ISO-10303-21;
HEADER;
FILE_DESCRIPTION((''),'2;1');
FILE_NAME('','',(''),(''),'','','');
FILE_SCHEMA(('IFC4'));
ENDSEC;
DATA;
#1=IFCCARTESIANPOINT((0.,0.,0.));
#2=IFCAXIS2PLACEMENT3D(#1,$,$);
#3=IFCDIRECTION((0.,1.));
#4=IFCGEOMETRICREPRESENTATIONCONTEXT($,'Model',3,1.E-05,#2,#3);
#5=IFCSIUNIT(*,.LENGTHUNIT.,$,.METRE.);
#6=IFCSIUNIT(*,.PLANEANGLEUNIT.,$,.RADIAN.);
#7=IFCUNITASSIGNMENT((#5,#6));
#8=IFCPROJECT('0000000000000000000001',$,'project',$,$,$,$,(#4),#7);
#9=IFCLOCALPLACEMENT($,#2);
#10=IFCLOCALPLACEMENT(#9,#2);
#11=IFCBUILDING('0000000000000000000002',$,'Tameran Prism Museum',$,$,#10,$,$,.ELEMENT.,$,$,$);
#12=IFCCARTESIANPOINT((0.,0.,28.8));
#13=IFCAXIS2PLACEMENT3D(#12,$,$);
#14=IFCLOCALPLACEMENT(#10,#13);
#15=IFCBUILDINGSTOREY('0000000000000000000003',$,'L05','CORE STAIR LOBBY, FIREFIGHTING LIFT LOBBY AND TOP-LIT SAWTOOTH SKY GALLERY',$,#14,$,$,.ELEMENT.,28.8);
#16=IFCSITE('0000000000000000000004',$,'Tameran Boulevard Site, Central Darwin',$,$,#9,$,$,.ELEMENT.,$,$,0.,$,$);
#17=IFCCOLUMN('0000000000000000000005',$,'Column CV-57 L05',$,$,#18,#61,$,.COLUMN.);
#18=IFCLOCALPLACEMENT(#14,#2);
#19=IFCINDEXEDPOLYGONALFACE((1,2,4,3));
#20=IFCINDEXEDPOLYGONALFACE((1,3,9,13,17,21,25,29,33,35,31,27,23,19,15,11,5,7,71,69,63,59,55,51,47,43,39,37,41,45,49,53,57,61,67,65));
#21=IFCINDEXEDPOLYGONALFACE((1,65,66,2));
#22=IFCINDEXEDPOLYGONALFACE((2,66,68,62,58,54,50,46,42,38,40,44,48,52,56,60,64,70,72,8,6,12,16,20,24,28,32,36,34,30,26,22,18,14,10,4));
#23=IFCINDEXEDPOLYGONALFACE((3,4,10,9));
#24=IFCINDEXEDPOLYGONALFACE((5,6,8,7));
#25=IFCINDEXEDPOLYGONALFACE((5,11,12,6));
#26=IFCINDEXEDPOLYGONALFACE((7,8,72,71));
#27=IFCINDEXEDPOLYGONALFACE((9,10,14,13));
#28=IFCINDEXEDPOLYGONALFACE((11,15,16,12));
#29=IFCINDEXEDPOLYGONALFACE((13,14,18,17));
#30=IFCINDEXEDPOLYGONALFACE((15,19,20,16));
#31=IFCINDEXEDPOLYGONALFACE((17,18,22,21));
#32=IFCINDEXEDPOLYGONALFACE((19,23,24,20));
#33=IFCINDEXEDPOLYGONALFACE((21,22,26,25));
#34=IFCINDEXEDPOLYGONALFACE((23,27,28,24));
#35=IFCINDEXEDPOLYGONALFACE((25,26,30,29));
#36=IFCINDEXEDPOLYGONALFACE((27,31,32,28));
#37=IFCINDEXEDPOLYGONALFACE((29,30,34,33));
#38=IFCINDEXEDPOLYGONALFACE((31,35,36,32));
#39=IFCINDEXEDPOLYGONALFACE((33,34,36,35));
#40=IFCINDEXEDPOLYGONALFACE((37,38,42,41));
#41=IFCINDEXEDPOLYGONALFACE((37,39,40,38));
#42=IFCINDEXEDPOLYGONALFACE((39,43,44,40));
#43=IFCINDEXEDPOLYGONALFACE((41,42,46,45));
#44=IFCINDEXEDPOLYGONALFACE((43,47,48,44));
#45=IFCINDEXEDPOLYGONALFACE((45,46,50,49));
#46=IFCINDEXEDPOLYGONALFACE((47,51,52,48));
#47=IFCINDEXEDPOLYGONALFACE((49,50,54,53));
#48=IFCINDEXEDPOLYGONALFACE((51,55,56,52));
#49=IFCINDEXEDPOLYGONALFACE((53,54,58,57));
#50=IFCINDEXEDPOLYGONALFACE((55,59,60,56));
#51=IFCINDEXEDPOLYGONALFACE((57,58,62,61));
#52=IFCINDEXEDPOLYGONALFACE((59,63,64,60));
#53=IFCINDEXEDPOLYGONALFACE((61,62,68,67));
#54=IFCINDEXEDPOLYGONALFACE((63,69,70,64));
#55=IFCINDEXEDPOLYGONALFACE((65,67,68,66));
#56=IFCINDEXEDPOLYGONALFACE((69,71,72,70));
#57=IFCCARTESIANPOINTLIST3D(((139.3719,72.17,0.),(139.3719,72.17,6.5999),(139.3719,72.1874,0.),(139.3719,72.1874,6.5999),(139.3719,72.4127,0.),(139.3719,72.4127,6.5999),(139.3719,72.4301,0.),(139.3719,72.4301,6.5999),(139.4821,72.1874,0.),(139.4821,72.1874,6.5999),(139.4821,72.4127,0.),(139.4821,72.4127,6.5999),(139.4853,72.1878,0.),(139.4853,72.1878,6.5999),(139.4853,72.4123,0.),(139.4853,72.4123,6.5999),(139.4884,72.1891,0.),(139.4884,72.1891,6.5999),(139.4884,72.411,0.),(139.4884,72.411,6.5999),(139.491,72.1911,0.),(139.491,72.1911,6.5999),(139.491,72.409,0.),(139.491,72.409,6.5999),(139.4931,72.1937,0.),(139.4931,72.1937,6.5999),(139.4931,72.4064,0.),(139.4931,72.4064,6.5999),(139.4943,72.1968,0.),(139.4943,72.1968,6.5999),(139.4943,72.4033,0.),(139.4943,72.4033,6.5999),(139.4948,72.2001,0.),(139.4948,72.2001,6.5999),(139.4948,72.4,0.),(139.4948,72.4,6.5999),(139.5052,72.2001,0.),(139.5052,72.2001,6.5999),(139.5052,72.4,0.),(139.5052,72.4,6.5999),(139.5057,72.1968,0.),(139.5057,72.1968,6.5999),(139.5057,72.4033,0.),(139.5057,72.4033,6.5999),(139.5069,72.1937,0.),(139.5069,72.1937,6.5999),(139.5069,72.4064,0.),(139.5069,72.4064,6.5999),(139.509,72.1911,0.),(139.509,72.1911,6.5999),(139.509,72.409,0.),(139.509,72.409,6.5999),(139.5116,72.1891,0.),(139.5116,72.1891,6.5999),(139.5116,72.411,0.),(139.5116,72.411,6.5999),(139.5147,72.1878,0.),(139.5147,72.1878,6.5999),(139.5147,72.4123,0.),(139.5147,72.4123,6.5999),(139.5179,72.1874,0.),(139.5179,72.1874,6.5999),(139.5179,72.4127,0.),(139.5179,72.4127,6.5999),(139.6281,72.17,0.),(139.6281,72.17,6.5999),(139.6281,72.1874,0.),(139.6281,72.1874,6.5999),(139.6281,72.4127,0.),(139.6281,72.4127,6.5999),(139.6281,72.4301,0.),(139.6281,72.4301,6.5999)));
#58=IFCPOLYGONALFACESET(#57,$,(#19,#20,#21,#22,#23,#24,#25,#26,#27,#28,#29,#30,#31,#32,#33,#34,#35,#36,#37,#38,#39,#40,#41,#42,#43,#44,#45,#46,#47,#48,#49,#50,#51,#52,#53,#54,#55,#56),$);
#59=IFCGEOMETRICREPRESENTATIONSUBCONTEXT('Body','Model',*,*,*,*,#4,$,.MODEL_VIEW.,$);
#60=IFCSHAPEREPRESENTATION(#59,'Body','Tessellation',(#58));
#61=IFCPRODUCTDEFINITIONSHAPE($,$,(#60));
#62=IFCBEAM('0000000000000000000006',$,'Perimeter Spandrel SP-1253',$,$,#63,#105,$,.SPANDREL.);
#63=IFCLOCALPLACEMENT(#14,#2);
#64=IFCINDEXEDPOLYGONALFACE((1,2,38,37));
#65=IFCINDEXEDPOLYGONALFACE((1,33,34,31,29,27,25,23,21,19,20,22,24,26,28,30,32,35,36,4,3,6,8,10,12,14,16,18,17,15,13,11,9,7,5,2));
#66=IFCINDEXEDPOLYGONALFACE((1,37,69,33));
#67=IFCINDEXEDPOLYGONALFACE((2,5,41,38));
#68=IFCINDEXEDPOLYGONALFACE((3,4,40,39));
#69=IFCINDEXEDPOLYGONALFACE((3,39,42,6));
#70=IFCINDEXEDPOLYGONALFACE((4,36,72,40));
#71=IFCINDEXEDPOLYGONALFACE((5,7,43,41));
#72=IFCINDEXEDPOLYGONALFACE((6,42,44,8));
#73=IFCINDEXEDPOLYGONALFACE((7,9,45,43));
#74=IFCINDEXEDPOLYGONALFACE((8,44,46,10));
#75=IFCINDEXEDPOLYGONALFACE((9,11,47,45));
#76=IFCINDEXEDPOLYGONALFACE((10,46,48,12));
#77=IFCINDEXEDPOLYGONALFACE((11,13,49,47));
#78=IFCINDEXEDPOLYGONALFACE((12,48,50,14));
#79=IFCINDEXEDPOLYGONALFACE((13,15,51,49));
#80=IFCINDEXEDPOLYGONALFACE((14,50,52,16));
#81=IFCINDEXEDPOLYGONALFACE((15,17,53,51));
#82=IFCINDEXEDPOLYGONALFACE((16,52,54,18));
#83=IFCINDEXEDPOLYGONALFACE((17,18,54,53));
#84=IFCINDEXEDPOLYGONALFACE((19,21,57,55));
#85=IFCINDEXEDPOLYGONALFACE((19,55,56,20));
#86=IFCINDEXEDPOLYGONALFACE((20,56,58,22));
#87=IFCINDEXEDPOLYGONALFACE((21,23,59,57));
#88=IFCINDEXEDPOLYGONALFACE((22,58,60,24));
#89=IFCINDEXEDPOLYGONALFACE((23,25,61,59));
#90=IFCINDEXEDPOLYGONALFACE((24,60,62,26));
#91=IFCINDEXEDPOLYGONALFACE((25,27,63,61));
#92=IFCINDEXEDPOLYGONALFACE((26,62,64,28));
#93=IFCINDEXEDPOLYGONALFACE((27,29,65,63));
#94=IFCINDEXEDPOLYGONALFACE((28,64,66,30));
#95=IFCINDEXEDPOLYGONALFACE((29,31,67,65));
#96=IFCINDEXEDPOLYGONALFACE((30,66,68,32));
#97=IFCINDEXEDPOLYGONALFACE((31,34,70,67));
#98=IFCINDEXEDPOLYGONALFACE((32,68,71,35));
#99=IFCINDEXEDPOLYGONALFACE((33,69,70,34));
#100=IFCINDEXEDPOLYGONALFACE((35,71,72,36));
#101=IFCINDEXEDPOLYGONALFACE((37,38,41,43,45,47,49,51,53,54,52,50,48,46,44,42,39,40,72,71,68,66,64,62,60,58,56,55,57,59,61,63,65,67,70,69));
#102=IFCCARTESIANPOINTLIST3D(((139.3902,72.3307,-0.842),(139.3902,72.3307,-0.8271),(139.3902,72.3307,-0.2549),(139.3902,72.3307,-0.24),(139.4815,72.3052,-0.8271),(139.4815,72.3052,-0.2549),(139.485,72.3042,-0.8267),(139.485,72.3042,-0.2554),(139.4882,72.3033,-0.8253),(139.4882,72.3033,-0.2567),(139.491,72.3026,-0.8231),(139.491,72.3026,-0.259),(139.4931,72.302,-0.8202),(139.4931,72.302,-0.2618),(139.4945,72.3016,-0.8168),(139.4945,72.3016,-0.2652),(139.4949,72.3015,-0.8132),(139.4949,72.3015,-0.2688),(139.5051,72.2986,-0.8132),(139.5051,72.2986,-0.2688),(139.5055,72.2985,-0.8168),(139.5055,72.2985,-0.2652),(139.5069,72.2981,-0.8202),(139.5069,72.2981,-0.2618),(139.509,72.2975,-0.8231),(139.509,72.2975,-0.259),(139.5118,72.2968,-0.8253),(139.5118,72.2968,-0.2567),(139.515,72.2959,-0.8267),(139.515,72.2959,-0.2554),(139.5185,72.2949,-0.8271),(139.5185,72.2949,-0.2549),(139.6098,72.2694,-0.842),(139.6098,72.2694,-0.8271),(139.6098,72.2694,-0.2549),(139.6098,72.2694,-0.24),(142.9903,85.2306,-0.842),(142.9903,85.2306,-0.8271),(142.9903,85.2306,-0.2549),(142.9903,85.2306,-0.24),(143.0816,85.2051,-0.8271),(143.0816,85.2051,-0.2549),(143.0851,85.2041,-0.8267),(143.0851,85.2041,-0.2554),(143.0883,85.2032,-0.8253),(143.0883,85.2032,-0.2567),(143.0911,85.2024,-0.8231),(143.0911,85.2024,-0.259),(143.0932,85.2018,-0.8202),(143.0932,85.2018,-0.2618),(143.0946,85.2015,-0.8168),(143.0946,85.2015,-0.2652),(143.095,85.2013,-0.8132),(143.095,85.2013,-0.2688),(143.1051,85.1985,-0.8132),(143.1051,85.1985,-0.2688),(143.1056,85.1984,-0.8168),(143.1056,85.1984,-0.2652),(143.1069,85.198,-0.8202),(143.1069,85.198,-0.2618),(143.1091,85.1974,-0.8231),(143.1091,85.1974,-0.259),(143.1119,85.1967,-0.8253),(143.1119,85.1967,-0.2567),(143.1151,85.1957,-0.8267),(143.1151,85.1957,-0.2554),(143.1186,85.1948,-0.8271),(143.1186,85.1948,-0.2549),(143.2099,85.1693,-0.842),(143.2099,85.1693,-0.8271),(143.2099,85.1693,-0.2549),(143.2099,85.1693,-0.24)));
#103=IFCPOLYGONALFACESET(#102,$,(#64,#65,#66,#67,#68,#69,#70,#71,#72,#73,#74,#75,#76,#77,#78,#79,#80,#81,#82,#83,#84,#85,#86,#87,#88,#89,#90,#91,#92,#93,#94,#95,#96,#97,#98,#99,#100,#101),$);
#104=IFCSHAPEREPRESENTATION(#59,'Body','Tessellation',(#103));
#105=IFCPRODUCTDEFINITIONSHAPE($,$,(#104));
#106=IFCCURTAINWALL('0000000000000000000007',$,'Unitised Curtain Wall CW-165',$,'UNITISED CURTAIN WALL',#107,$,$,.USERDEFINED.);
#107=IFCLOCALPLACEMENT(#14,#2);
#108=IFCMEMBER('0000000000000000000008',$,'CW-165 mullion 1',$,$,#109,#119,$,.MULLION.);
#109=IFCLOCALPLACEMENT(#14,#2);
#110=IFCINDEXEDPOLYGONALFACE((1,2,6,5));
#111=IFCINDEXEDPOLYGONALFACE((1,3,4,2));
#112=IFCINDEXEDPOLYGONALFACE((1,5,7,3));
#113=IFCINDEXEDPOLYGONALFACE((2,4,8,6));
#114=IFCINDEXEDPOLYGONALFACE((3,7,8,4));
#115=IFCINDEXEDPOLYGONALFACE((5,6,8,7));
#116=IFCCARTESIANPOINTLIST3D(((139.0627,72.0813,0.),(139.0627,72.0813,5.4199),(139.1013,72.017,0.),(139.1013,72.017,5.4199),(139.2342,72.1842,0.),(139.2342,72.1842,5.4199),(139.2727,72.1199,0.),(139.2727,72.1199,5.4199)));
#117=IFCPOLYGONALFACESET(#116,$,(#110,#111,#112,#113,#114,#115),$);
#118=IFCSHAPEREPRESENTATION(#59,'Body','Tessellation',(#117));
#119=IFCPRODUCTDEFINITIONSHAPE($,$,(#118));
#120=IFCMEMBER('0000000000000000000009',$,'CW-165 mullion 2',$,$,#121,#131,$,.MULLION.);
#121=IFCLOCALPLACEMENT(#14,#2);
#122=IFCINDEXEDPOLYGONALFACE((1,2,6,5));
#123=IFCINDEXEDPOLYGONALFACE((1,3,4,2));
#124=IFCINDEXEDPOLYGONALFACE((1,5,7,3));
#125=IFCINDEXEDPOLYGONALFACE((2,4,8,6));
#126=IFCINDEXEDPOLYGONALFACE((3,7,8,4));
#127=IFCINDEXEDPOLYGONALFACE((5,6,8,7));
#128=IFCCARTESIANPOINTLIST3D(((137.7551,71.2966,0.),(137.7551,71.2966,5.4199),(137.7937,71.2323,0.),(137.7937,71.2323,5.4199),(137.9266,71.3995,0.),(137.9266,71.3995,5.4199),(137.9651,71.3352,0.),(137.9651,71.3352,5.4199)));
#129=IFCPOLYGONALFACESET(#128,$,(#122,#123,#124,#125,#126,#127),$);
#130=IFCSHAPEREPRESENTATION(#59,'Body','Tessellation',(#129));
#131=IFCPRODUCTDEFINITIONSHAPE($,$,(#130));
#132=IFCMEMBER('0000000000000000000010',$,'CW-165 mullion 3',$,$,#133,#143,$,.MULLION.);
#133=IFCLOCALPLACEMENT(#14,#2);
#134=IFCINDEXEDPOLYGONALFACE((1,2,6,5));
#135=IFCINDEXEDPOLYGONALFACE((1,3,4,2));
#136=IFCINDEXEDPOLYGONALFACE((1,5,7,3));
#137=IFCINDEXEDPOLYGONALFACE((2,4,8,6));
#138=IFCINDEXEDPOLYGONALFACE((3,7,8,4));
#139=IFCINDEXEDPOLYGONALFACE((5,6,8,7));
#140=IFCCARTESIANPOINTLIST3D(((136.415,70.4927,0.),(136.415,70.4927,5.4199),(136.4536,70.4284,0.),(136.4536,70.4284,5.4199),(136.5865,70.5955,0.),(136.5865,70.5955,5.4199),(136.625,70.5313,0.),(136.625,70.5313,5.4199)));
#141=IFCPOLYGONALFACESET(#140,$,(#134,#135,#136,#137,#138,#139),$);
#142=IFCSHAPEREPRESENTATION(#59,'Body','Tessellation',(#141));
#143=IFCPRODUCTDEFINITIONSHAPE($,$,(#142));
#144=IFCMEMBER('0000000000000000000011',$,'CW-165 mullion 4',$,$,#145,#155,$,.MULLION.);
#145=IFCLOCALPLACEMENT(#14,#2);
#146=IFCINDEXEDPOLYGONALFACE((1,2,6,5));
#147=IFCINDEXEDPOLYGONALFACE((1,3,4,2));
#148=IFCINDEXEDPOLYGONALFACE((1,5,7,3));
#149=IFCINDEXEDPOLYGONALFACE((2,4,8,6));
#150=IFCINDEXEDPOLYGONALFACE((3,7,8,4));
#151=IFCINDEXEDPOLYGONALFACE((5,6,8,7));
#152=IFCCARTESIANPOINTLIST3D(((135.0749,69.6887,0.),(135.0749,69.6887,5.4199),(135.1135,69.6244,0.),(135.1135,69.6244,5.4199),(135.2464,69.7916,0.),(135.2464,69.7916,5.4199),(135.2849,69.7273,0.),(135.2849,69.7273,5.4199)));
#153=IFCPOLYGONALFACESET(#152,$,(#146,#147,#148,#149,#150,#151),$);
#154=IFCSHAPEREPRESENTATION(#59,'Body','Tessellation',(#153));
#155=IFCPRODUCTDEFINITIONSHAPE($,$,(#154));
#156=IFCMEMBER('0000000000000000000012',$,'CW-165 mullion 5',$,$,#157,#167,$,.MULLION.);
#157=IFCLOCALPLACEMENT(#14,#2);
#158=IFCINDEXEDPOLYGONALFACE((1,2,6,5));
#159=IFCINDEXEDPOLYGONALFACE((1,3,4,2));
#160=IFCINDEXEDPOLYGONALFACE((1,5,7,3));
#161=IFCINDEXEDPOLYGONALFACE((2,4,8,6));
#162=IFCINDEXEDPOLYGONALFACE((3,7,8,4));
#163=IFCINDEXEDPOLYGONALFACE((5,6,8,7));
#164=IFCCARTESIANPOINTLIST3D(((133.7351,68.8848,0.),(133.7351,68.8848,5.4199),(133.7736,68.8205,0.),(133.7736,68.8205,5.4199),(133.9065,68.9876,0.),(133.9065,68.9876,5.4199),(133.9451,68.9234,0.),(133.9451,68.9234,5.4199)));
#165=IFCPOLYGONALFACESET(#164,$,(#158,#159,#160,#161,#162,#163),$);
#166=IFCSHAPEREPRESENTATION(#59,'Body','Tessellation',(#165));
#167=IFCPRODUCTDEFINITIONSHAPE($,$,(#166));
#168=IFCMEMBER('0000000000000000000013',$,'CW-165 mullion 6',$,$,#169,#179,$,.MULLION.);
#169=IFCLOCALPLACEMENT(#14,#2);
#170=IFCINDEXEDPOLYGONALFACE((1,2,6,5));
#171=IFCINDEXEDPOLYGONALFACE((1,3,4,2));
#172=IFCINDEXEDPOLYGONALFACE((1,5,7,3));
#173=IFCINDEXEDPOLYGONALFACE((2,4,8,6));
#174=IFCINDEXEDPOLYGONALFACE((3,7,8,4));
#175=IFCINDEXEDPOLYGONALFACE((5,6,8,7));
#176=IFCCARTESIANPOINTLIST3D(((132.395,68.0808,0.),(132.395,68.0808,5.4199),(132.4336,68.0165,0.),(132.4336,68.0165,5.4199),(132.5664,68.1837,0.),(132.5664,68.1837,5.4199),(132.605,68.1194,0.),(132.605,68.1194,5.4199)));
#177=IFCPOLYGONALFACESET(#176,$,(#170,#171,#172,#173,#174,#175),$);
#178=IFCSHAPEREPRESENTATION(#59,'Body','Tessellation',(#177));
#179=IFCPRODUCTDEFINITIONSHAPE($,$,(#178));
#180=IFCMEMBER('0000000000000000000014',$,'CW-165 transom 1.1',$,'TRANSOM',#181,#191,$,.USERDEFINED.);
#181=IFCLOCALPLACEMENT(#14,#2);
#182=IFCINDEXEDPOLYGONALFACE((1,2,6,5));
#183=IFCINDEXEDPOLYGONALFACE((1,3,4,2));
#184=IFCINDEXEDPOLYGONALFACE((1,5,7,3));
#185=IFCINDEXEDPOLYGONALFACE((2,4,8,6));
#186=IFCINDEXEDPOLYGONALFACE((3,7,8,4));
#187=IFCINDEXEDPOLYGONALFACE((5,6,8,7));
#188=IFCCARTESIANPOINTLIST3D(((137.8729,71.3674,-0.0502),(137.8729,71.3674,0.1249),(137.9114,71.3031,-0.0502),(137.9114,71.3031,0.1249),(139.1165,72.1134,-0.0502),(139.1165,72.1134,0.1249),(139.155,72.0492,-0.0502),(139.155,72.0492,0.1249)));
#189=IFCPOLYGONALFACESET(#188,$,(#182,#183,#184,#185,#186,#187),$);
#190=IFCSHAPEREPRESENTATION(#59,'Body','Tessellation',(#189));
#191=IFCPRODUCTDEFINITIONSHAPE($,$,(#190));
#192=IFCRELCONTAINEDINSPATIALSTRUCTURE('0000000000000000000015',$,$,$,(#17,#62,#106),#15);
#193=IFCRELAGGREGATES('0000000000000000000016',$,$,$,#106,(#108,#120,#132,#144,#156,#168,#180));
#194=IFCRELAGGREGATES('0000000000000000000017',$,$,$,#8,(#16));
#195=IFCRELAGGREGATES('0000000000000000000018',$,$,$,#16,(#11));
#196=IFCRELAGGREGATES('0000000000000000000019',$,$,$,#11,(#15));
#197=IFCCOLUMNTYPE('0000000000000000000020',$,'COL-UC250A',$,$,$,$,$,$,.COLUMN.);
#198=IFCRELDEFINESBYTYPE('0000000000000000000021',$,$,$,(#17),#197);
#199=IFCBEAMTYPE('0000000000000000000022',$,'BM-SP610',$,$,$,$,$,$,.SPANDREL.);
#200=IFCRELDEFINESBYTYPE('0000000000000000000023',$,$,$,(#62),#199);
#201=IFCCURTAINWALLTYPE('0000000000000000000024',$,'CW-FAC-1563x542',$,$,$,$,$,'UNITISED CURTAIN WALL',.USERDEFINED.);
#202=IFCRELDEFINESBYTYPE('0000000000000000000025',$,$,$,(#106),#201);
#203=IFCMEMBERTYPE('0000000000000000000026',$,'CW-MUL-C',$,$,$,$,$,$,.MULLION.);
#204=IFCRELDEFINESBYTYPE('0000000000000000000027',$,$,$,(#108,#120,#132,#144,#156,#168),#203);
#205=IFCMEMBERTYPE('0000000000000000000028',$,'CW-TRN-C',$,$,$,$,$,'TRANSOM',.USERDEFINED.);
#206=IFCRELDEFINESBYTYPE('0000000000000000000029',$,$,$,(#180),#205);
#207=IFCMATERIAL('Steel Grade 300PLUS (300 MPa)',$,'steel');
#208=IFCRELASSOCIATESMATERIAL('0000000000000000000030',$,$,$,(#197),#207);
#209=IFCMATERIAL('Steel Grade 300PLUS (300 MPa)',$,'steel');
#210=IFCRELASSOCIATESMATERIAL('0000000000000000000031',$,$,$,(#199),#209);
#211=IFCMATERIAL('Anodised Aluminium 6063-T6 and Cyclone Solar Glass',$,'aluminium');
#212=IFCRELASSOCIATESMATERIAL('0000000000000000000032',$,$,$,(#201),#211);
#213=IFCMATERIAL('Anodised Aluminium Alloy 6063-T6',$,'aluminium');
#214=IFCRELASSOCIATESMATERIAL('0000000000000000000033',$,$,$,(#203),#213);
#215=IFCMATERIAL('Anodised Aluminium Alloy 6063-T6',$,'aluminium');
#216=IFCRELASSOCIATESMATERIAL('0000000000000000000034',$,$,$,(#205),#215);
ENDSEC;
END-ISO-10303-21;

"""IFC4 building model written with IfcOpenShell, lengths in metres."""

from ifc_helpers import new_model, si_unit, direction, frame, origin, origin_2d, place, context, subcontext, project, spatial, rectangle, i_section, extrude, material, material_profile, profile_set, type_object, element, aggregate, save


model = new_model("IFC4")

# Units and contexts
model_context = context("Model", 3, precision=1e-05, world=origin(), true_north=direction((0.0, 1.0)))
body_context = subcontext(model_context, "Body", "Model", "MODEL_VIEW")
ifc_project = project(units=[si_unit("LENGTHUNIT", "METRE"), si_unit("PLANEANGLEUNIT", "RADIAN")], contexts=[model_context])

# Site, building, storey
site_placement = place(None, origin())
site = spatial("IfcSite", under=ifc_project, at=site_placement, Name="Tameran Boulevard Site, Central Darwin", CompositionType="ELEMENT", RefElevation=0.0)
building_placement = place(site_placement, origin())
building = spatial("IfcBuilding", under=site, at=building_placement, Name="Tameran Prism Museum", CompositionType="ELEMENT")
storey_placement = place(building_placement, frame((0.0, 0.0, 28.8)))
storey = spatial("IfcBuildingStorey", under=building, at=storey_placement, Name="L05", Description="CORE STAIR LOBBY, FIREFIGHTING LIFT LOBBY AND TOP-LIT SAWTOOTH SKY GALLERY", CompositionType="ELEMENT", Elevation=28.8)

# Column
ifc_material_1 = material(Name="Steel Grade 300PLUS (300 MPa)", Category="steel")
ifc_material_profile_1 = material_profile(ifc_material_1, i_section(OverallWidth=0.2561, OverallDepth=0.26, WebThickness=0.0105, FlangeThickness=0.0173, FilletRadius=0.0127, at=origin_2d()))
ifc_profile_set_1 = profile_set([ifc_material_profile_1])
column_type = type_object("IfcColumnType", Name="COL-UC250A", PredefinedType="COLUMN", material=ifc_profile_set_1)
column_placement = place(storey_placement, frame((139.5, 72.3, 0.0), z_axis=(0.0, 0.0, 1.0), x_axis=(1.0, 0.0, 0.0)))
element("IfcColumn", 1, at=column_placement, inside=storey, type_object=column_type, Name="Column CV-57 L05", PredefinedType="COLUMN", context=body_context, shape_type="SweptSolid", body=[
    extrude(i_section(OverallWidth=0.2561, OverallDepth=0.26, WebThickness=0.0105, FlangeThickness=0.0173, FilletRadius=0.0127, at=origin_2d()), origin(), (0.0, 0.0, 1.0), 6.5999),
])

# Beam
ifc_material_2 = material(Name="Steel Grade 300PLUS (300 MPa)", Category="steel")
ifc_material_profile_2 = material_profile(ifc_material_2, i_section(OverallWidth=0.228, OverallDepth=0.6021, WebThickness=0.0105, FlangeThickness=0.0149, FilletRadius=0.0139, at=origin_2d()))
ifc_profile_set_2 = profile_set([ifc_material_profile_2])
beam_type = type_object("IfcBeamType", Name="BM-SP610", PredefinedType="SPANDREL", material=ifc_profile_set_2)
beam_placement = place(storey_placement, frame((139.5, 72.3, -0.541), z_axis=(0.268808, 0.963194, 0.0), x_axis=(-0.963194, 0.268808, 0.0)))
element("IfcBeam", 2, at=beam_placement, inside=storey, type_object=beam_type, Name="Perimeter Spandrel SP-1253", PredefinedType="SPANDREL", context=body_context, shape_type="SweptSolid", body=[
    extrude(i_section(OverallWidth=0.228, OverallDepth=0.6021, WebThickness=0.0105, FlangeThickness=0.0149, FilletRadius=0.0139, at=origin_2d()), origin(), (0.0, 0.0, 1.0), 13.3928),
])

# Curtain wall, members
ifc_material_3 = material(Name="Anodised Aluminium 6063-T6 and Cyclone Solar Glass", Category="aluminium")
curtain_wall_type = type_object("IfcCurtainWallType", Name="CW-FAC-1563x542", ElementType="UNITISED CURTAIN WALL", PredefinedType="USERDEFINED", material=ifc_material_3)
curtain_wall_placement = place(storey_placement, origin())
curtain_wall = element("IfcCurtainWall", 3, at=curtain_wall_placement, inside=storey, type_object=curtain_wall_type, Name="Unitised Curtain Wall CW-165", ObjectType="UNITISED CURTAIN WALL", PredefinedType="USERDEFINED")
ifc_material_4 = material(Name="Anodised Aluminium Alloy 6063-T6", Category="aluminium")
ifc_material_profile_3 = material_profile(ifc_material_4, rectangle(XDim=0.075, YDim=0.2, at=origin_2d()))
ifc_profile_set_3 = profile_set([ifc_material_profile_3])
member_type_1 = type_object("IfcMemberType", Name="CW-MUL-C", PredefinedType="MULLION", material=ifc_profile_set_3)
member_1_placement = place(storey_placement, frame((139.1677, 72.1006, 0.0), z_axis=(0.0, 0.0, 1.0), x_axis=(0.514496, -0.857493, 0.0)))
member_1 = element("IfcMember", 4, at=member_1_placement, type_object=member_type_1, Name="CW-165 mullion 1", PredefinedType="MULLION", context=body_context, shape_type="SweptSolid", body=[
    extrude(rectangle(XDim=0.075, YDim=0.2, at=origin_2d()), origin(), (0.0, 0.0, 1.0), 5.4199),
])
member_2_placement = place(storey_placement, frame((137.8601, 71.3159, 0.0), z_axis=(0.0, 0.0, 1.0), x_axis=(0.514496, -0.857493, 0.0)))
member_2 = element("IfcMember", 5, at=member_2_placement, type_object=member_type_1, Name="CW-165 mullion 2", PredefinedType="MULLION", context=body_context, shape_type="SweptSolid", body=[
    extrude(rectangle(XDim=0.075, YDim=0.2, at=origin_2d()), origin(), (0.0, 0.0, 1.0), 5.4199),
])
member_3_placement = place(storey_placement, frame((136.52, 70.512, 0.0), z_axis=(0.0, 0.0, 1.0), x_axis=(0.514496, -0.857493, 0.0)))
member_3 = element("IfcMember", 6, at=member_3_placement, type_object=member_type_1, Name="CW-165 mullion 3", PredefinedType="MULLION", context=body_context, shape_type="SweptSolid", body=[
    extrude(rectangle(XDim=0.075, YDim=0.2, at=origin_2d()), origin(), (0.0, 0.0, 1.0), 5.4199),
])
member_4_placement = place(storey_placement, frame((135.1799, 69.708, 0.0), z_axis=(0.0, 0.0, 1.0), x_axis=(0.514496, -0.857493, 0.0)))
member_4 = element("IfcMember", 7, at=member_4_placement, type_object=member_type_1, Name="CW-165 mullion 4", PredefinedType="MULLION", context=body_context, shape_type="SweptSolid", body=[
    extrude(rectangle(XDim=0.075, YDim=0.2, at=origin_2d()), origin(), (0.0, 0.0, 1.0), 5.4199),
])
member_5_placement = place(storey_placement, frame((133.8401, 68.9041, 0.0), z_axis=(0.0, 0.0, 1.0), x_axis=(0.514496, -0.857493, 0.0)))
member_5 = element("IfcMember", 8, at=member_5_placement, type_object=member_type_1, Name="CW-165 mullion 5", PredefinedType="MULLION", context=body_context, shape_type="SweptSolid", body=[
    extrude(rectangle(XDim=0.075, YDim=0.2, at=origin_2d()), origin(), (0.0, 0.0, 1.0), 5.4199),
])
member_6_placement = place(storey_placement, frame((132.5, 68.1001, 0.0), z_axis=(0.0, 0.0, 1.0), x_axis=(0.514496, -0.857493, 0.0)))
member_6 = element("IfcMember", 9, at=member_6_placement, type_object=member_type_1, Name="CW-165 mullion 6", PredefinedType="MULLION", context=body_context, shape_type="SweptSolid", body=[
    extrude(rectangle(XDim=0.075, YDim=0.2, at=origin_2d()), origin(), (0.0, 0.0, 1.0), 5.4199),
])
ifc_material_5 = material(Name="Anodised Aluminium Alloy 6063-T6", Category="aluminium")
ifc_material_profile_4 = material_profile(ifc_material_5, rectangle(XDim=0.075, YDim=0.175, at=origin_2d()))
ifc_profile_set_4 = profile_set([ifc_material_profile_4])
member_type_2 = type_object("IfcMemberType", Name="CW-TRN-C", ElementType="TRANSOM", PredefinedType="USERDEFINED", material=ifc_profile_set_4)
member_7_placement = place(storey_placement, frame((139.1357, 72.0813, 0.0374), z_axis=(-0.857523, -0.514446, 0.0), x_axis=(0.514446, -0.857523, 0.0)))
member_7 = element("IfcMember", 10, at=member_7_placement, type_object=member_type_2, Name="CW-165 transom 1.1", ObjectType="TRANSOM", PredefinedType="USERDEFINED", context=body_context, shape_type="SweptSolid", body=[
    extrude(rectangle(XDim=0.075, YDim=0.175, at=origin_2d()), origin(), (0.0, 0.0, 1.0), 1.4502),
])
aggregate(curtain_wall, [member_1, member_2, member_3, member_4, member_5, member_6, member_7])

save(model, "model.ifc")
